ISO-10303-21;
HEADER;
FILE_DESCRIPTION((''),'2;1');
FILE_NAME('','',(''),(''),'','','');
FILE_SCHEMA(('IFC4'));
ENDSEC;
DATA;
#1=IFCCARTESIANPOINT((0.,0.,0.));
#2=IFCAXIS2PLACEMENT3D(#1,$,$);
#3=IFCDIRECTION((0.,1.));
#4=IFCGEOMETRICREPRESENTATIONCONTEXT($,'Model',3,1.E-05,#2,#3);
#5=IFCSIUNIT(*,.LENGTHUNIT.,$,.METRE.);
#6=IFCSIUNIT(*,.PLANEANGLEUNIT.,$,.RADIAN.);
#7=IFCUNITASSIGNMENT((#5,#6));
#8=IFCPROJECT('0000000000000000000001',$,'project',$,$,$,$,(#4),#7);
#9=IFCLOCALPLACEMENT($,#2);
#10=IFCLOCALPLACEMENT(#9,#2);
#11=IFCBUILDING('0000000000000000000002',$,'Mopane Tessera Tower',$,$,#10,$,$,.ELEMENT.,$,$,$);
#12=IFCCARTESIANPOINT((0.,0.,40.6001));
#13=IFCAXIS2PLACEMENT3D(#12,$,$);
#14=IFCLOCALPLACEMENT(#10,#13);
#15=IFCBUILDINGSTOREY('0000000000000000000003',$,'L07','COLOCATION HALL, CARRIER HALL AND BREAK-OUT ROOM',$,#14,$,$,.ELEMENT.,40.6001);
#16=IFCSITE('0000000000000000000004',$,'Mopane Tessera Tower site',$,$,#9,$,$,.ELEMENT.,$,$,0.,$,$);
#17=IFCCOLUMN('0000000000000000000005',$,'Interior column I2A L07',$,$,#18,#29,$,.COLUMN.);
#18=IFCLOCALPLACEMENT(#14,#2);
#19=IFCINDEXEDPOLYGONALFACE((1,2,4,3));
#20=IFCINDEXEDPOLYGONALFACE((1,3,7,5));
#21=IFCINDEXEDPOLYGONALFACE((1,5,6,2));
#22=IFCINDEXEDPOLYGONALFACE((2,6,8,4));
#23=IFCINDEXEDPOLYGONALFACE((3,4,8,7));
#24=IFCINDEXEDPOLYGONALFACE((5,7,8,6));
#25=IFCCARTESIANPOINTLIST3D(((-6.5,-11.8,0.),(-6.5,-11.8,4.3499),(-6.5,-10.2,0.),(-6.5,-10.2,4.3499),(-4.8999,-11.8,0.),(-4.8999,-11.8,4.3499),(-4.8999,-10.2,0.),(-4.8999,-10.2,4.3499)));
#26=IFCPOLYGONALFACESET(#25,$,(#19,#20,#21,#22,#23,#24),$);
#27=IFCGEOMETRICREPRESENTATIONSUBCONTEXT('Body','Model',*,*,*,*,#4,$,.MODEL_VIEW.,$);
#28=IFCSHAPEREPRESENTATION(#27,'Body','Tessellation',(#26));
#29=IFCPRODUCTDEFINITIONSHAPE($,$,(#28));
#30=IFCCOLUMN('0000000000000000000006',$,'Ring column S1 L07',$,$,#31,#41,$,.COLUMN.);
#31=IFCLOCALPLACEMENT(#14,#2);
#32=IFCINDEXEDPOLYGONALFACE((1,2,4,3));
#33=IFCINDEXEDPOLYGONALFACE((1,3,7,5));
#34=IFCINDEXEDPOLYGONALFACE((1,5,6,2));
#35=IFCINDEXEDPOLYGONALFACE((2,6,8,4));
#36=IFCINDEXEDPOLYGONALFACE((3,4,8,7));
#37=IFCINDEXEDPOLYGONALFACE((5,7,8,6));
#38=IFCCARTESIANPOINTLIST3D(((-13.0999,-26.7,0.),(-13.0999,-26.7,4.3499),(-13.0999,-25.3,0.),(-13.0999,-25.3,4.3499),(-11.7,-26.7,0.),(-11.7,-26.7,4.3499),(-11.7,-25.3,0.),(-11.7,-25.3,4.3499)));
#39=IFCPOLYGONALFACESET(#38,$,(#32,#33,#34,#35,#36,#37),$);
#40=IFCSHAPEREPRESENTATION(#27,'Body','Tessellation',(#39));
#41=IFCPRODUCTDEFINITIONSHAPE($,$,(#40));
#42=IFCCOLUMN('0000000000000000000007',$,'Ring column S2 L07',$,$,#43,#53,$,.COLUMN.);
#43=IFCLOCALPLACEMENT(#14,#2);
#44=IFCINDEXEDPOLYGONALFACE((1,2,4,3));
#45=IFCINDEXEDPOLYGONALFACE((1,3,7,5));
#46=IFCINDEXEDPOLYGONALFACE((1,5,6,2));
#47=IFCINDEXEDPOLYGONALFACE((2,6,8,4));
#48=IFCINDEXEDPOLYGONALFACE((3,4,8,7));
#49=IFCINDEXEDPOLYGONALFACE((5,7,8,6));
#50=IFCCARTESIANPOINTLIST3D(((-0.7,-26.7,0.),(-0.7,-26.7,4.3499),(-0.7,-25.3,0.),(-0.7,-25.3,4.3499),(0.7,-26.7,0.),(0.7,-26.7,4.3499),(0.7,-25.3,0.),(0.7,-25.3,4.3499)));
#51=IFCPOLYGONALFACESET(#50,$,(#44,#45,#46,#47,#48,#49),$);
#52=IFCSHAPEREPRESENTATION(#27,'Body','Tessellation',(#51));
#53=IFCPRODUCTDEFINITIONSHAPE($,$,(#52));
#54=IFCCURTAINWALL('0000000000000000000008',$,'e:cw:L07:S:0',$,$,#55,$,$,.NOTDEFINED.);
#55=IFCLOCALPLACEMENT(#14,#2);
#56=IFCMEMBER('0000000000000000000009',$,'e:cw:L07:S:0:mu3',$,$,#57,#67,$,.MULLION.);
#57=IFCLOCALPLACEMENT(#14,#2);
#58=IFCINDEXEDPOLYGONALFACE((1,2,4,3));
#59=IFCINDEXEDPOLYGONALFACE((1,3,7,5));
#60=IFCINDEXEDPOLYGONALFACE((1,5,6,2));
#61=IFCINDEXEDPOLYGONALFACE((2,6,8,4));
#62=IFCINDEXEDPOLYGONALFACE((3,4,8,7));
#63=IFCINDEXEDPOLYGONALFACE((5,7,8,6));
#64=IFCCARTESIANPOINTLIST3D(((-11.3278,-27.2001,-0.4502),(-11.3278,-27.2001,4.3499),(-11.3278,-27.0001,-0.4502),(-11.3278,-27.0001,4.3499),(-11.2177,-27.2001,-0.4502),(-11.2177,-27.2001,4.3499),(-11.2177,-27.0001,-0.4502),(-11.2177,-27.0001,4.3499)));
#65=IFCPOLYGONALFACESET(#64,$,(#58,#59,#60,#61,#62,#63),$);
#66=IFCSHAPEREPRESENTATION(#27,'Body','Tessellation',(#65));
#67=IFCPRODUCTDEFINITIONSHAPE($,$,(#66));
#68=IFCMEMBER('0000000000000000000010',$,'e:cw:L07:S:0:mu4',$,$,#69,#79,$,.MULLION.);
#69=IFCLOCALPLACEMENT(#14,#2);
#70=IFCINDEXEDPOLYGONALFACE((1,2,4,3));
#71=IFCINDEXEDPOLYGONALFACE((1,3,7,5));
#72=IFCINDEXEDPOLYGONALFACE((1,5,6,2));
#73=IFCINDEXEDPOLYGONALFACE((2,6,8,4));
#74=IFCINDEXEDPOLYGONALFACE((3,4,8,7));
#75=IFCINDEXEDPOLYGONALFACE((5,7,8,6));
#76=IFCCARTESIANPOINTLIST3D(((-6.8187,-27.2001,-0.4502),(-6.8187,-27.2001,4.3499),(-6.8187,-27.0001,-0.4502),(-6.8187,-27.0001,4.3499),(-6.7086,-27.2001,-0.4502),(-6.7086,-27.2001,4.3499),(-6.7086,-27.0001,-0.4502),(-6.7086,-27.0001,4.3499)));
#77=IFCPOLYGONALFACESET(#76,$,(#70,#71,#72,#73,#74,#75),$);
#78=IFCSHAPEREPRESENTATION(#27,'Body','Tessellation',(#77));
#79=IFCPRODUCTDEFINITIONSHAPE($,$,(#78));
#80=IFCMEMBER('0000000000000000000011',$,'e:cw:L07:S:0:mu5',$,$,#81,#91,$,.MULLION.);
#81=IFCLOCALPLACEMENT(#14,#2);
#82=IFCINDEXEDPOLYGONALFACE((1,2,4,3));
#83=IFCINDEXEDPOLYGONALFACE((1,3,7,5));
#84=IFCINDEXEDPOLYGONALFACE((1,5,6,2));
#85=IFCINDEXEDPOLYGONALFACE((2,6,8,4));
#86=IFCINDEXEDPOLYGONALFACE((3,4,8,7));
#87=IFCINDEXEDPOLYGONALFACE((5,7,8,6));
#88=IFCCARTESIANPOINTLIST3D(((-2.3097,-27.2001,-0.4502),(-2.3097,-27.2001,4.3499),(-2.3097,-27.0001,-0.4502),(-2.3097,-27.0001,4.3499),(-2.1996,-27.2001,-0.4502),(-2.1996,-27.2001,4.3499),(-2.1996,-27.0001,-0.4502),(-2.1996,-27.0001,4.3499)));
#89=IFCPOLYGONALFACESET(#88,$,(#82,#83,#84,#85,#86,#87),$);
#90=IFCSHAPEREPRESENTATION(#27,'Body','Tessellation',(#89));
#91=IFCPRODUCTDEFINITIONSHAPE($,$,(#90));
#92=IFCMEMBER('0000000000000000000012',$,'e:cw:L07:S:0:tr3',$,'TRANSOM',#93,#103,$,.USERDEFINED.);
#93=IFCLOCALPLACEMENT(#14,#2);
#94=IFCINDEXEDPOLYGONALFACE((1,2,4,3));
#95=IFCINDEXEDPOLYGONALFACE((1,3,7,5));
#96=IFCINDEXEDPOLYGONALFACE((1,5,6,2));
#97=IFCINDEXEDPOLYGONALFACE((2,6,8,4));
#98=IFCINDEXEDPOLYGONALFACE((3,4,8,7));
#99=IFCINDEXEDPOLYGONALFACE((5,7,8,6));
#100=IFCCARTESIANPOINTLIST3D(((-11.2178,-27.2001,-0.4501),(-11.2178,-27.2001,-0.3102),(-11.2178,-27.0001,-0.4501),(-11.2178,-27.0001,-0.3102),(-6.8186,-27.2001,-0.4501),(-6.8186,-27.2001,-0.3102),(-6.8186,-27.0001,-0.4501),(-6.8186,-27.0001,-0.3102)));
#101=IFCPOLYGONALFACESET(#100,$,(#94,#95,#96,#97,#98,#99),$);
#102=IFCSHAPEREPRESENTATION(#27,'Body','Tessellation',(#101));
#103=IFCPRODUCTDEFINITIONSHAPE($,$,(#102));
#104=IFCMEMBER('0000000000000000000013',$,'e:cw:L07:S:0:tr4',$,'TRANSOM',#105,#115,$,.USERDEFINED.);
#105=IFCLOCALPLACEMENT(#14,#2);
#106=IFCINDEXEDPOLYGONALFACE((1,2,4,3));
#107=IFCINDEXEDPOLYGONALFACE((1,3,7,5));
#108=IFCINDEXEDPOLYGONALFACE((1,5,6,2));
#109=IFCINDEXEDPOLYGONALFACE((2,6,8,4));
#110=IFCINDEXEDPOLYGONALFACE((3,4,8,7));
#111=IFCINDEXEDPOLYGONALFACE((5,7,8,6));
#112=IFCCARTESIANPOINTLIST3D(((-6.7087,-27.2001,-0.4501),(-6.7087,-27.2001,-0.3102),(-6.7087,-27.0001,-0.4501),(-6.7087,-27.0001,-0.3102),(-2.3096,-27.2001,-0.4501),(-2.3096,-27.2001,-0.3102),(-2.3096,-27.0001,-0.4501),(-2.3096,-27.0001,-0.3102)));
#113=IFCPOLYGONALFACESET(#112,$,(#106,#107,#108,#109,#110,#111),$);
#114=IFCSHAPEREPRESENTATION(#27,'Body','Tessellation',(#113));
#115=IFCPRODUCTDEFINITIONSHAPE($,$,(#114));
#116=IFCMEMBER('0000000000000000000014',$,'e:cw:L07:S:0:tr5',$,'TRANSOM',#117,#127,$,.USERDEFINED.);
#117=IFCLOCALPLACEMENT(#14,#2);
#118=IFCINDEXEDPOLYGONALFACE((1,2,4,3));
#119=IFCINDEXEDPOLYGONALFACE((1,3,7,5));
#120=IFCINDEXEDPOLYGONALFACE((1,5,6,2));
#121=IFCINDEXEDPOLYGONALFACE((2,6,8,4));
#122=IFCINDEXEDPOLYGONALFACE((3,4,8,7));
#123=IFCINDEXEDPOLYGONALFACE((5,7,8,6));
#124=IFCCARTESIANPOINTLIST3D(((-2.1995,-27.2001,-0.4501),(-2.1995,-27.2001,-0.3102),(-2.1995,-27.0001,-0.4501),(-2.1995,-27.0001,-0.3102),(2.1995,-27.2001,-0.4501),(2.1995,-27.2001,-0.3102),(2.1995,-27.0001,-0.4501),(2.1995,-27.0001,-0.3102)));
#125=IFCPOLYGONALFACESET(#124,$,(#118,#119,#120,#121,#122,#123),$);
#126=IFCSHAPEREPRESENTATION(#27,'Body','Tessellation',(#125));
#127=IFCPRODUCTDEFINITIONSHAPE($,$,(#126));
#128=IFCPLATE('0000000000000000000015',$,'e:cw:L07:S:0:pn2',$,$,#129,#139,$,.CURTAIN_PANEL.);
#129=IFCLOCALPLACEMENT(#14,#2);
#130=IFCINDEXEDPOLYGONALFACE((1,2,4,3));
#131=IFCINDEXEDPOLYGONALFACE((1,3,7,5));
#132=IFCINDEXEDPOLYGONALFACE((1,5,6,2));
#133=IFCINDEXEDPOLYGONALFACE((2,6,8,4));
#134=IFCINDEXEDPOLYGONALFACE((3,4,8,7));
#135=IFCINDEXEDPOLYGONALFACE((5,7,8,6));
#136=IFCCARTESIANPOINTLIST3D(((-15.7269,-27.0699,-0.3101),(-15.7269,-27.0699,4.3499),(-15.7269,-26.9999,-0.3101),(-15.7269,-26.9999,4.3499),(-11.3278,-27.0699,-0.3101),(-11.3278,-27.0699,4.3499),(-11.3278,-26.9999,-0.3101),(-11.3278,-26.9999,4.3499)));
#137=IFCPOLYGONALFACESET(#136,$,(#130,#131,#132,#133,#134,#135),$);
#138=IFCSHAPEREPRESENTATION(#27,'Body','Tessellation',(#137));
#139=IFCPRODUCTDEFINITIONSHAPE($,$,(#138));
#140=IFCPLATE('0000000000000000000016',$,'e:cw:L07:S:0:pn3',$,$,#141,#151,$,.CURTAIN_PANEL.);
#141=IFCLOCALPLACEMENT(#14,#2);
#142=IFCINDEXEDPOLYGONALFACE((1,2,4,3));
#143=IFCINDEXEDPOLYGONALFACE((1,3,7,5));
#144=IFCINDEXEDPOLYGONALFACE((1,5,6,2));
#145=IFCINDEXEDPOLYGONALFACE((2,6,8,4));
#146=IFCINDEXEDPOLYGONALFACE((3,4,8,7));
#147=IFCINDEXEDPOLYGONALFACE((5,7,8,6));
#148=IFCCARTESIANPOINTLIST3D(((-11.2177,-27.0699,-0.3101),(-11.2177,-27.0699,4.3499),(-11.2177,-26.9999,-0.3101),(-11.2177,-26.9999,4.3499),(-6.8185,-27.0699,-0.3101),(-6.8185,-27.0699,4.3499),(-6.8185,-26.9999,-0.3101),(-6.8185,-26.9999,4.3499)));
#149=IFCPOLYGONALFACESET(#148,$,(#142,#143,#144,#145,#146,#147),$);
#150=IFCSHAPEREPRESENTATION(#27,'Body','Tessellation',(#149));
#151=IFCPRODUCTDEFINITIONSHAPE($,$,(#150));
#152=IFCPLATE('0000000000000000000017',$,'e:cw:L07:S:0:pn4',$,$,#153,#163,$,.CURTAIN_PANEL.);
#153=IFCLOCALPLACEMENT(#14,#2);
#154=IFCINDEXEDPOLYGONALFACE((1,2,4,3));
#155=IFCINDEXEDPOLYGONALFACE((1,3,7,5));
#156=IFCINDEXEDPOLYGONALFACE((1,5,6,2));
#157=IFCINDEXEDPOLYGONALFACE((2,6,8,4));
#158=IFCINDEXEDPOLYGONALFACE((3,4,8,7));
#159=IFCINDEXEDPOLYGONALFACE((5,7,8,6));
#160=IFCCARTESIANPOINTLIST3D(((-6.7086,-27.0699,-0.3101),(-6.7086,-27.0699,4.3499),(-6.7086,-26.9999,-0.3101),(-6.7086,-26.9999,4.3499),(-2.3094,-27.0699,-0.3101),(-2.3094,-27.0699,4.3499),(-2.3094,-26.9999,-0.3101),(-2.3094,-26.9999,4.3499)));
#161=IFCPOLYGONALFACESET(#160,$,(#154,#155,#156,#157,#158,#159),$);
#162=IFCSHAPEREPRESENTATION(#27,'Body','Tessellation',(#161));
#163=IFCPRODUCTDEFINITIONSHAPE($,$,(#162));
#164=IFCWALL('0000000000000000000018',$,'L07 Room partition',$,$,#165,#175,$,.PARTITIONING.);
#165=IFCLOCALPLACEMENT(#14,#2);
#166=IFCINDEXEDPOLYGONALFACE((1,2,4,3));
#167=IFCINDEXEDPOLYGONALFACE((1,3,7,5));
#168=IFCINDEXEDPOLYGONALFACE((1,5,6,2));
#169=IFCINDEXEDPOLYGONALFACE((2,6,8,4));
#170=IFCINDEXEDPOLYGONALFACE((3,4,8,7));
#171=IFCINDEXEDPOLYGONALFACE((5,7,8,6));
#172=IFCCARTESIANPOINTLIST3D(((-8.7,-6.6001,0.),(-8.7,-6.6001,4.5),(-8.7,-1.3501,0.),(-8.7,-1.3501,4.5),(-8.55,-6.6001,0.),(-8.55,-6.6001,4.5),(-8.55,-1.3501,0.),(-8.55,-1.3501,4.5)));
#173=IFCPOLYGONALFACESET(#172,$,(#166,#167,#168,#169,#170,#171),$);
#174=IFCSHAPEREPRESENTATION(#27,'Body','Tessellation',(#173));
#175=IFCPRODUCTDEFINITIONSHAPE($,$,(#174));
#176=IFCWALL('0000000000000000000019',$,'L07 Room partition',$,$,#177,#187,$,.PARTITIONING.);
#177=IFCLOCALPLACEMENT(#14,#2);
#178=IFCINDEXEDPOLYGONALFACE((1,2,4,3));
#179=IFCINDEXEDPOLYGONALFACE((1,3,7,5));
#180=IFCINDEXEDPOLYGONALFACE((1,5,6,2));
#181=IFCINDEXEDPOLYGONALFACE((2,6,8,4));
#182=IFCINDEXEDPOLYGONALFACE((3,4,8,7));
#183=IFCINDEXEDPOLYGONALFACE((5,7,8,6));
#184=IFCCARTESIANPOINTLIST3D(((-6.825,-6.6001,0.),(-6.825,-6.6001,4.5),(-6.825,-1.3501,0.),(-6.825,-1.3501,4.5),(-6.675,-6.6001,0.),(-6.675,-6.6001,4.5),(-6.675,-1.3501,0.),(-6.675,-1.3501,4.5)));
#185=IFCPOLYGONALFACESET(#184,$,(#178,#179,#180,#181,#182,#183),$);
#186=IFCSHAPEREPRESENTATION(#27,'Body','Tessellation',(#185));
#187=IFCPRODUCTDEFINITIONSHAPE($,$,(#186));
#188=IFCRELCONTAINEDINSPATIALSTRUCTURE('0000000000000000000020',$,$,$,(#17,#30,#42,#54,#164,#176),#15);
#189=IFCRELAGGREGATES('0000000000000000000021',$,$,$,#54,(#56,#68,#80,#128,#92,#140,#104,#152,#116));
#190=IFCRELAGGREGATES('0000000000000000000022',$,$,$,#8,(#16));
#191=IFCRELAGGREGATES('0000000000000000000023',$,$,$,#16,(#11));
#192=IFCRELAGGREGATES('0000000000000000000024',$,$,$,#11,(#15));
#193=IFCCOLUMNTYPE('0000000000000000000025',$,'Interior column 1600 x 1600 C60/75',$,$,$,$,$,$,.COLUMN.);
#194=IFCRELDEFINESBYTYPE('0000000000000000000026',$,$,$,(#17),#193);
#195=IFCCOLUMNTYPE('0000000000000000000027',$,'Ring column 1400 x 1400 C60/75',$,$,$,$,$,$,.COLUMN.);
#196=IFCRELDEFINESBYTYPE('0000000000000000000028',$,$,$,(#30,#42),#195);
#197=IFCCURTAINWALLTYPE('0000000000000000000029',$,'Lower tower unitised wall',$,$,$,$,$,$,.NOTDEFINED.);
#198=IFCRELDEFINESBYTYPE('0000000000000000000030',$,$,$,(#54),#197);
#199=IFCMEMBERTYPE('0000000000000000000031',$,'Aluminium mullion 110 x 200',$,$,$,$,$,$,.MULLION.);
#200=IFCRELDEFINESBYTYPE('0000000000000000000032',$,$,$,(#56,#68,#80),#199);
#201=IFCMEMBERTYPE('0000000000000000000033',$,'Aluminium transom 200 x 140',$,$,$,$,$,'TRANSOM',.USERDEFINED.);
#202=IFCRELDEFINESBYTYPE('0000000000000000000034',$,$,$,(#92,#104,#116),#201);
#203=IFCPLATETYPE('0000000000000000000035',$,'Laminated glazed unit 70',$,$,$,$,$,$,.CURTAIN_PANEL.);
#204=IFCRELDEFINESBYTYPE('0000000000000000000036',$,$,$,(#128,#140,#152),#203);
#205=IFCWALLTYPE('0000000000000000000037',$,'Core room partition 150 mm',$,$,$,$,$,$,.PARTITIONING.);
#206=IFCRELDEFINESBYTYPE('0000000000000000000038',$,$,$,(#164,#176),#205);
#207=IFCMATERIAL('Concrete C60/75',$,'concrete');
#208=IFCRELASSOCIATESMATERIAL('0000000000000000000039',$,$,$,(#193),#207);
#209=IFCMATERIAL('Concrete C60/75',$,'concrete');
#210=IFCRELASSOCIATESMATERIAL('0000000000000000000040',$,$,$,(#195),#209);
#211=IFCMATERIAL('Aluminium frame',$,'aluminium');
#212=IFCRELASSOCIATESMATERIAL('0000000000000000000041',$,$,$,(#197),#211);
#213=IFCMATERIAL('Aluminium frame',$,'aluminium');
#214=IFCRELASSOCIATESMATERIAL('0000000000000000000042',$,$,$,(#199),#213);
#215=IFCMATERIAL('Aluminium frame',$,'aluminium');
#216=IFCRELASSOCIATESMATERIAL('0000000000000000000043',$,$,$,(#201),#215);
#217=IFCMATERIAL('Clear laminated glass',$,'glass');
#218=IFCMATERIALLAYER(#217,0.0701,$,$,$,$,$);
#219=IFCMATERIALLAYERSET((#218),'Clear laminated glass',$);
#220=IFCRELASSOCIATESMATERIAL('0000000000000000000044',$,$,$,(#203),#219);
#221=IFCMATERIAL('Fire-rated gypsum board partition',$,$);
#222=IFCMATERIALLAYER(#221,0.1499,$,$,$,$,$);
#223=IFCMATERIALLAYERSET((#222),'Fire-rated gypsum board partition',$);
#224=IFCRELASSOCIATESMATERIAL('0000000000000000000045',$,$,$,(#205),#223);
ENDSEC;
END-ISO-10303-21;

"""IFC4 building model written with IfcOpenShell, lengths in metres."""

from ifc_helpers import new_model, si_unit, direction, frame, frame_2d, origin, origin_2d, place, context, subcontext, project, spatial, rectangle, extrude, material, layer, layer_set, material_profile, profile_set, type_object, element, aggregate, save


model = new_model("IFC4")

# Units and contexts
model_context = context("Model", 3, precision=1e-05, world=origin(), true_north=direction((0.0, 1.0)))
body_context = subcontext(model_context, "Body", "Model", "MODEL_VIEW")
ifc_project = project(units=[si_unit("LENGTHUNIT", "METRE"), si_unit("PLANEANGLEUNIT", "RADIAN")], contexts=[model_context])

# Site, building, storey
site_placement = place(None, origin())
site = spatial("IfcSite", under=ifc_project, at=site_placement, Name="Mopane Tessera Tower site", CompositionType="ELEMENT", RefElevation=0.0)
building_placement = place(site_placement, origin())
building = spatial("IfcBuilding", under=site, at=building_placement, Name="Mopane Tessera Tower", CompositionType="ELEMENT")
storey_placement = place(building_placement, frame((0.0, 0.0, 40.6001)))
storey = spatial("IfcBuildingStorey", under=building, at=storey_placement, Name="L07", Description="COLOCATION HALL, CARRIER HALL AND BREAK-OUT ROOM", CompositionType="ELEMENT", Elevation=40.6001)

# Columns
ifc_material_1 = material(Name="Concrete C60/75", Category="concrete")
ifc_material_profile_1 = material_profile(ifc_material_1, rectangle(XDim=1.6001, YDim=1.6001, at=origin_2d()))
ifc_profile_set_1 = profile_set([ifc_material_profile_1], Name="Concrete C60/75")
column_type_1 = type_object("IfcColumnType", Name="Interior column 1600 x 1600 C60/75", PredefinedType="COLUMN", material=ifc_profile_set_1)
column_placement = place(storey_placement, frame((-5.7, -11.0, 0.0), z_axis=(0.0, 0.0, 1.0), x_axis=(1.0, 0.0, 0.0)))
element("IfcColumn", 1, at=column_placement, inside=storey, type_object=column_type_1, Name="Interior column I2A L07", PredefinedType="COLUMN", context=body_context, shape_type="SweptSolid", body=[
    extrude(rectangle(XDim=1.6001, YDim=1.6001, at=origin_2d()), origin(), (0.0, 0.0, 1.0), 4.3499),
])
ifc_material_2 = material(Name="Concrete C60/75", Category="concrete")
ifc_material_profile_2 = material_profile(ifc_material_2, rectangle(XDim=1.3999, YDim=1.3999, at=origin_2d()))
ifc_profile_set_2 = profile_set([ifc_material_profile_2], Name="Concrete C60/75")
column_type_2 = type_object("IfcColumnType", Name="Ring column 1400 x 1400 C60/75", PredefinedType="COLUMN", material=ifc_profile_set_2)
for number, where, z_axis, x_axis, name in (
    (2, (-12.3999, -26.0, 0.0), (0.0, 0.0, 1.0), (1.0, 0.0, 0.0), "Ring column S1 L07"),
    (3, (0.0, -26.0, 0.0), (0.0, 0.0, 1.0), (1.0, 0.0, 0.0), "Ring column S2 L07"),
):
    element("IfcColumn", number, at=place(storey_placement, frame(where, z_axis=z_axis, x_axis=x_axis)), inside=storey, type_object=column_type_2, Name=name, PredefinedType="COLUMN", context=body_context, shape_type="SweptSolid", body=[
        extrude(rectangle(XDim=1.3999, YDim=1.3999, at=origin_2d()), origin(), (0.0, 0.0, 1.0), 4.3499),
    ])

# Curtain wall, members, plates
ifc_material_3 = material(Name="Aluminium frame", Category="aluminium")
curtain_wall_type = type_object("IfcCurtainWallType", Name="Lower tower unitised wall", PredefinedType="NOTDEFINED", material=ifc_material_3)
curtain_wall_placement = place(storey_placement, origin())
curtain_wall = element("IfcCurtainWall", 4, at=curtain_wall_placement, inside=storey, type_object=curtain_wall_type, Name="e:cw:L07:S:0", PredefinedType="NOTDEFINED")
ifc_material_4 = material(Name="Aluminium frame", Category="aluminium")
ifc_material_profile_3 = material_profile(ifc_material_4, rectangle(XDim=0.1101, YDim=0.2, at=origin_2d()))
ifc_profile_set_3 = profile_set([ifc_material_profile_3], Name="Aluminium frame")
member_type_1 = type_object("IfcMemberType", Name="Aluminium mullion 110 x 200", PredefinedType="MULLION", material=ifc_profile_set_3)
member_1_placement = place(storey_placement, frame((-11.2727, -27.1001, -0.4502), z_axis=(0.0, 0.0, 1.0), x_axis=(1.0, 0.0, 0.0)))
member_1 = element("IfcMember", 5, at=member_1_placement, type_object=member_type_1, Name="e:cw:L07:S:0:mu3", PredefinedType="MULLION", context=body_context, shape_type="SweptSolid", body=[
    extrude(rectangle(XDim=0.1101, YDim=0.2, at=origin_2d()), origin(), (0.0, 0.0, 1.0), 4.8),
])
member_2_placement = place(storey_placement, frame((-6.7637, -27.1001, -0.4502), z_axis=(0.0, 0.0, 1.0), x_axis=(1.0, 0.0, 0.0)))
member_2 = element("IfcMember", 6, at=member_2_placement, type_object=member_type_1, Name="e:cw:L07:S:0:mu4", PredefinedType="MULLION", context=body_context, shape_type="SweptSolid", body=[
    extrude(rectangle(XDim=0.1101, YDim=0.2, at=origin_2d()), origin(), (0.0, 0.0, 1.0), 4.8),
])
member_3_placement = place(storey_placement, frame((-2.2546, -27.1001, -0.4502), z_axis=(0.0, 0.0, 1.0), x_axis=(1.0, 0.0, 0.0)))
member_3 = element("IfcMember", 7, at=member_3_placement, type_object=member_type_1, Name="e:cw:L07:S:0:mu5", PredefinedType="MULLION", context=body_context, shape_type="SweptSolid", body=[
    extrude(rectangle(XDim=0.1101, YDim=0.2, at=origin_2d()), origin(), (0.0, 0.0, 1.0), 4.8),
])
ifc_material_5 = material(Name="Aluminium frame", Category="aluminium")
ifc_material_profile_4 = material_profile(ifc_material_5, rectangle(XDim=0.2, YDim=0.1399, at=origin_2d()))
ifc_profile_set_4 = profile_set([ifc_material_profile_4], Name="Aluminium frame")
member_type_2 = type_object("IfcMemberType", Name="Aluminium transom 200 x 140", ElementType="TRANSOM", PredefinedType="USERDEFINED", material=ifc_profile_set_4)
member_4_placement = place(storey_placement, frame((-11.2178, -27.1001, -0.3801), z_axis=(1.0, 0.0, 0.0), x_axis=(0.0, 1.0, 0.0)))
member_4 = element("IfcMember", 8, at=member_4_placement, type_object=member_type_2, Name="e:cw:L07:S:0:tr3", ObjectType="TRANSOM", PredefinedType="USERDEFINED", context=body_context, shape_type="SweptSolid", body=[
    extrude(rectangle(XDim=0.2, YDim=0.1399, at=origin_2d()), origin(), (0.0, 0.0, 1.0), 4.3992),
])
member_5_placement = place(storey_placement, frame((-6.7087, -27.1001, -0.3801), z_axis=(1.0, 0.0, 0.0), x_axis=(0.0, 1.0, 0.0)))
member_5 = element("IfcMember", 9, at=member_5_placement, type_object=member_type_2, Name="e:cw:L07:S:0:tr4", ObjectType="TRANSOM", PredefinedType="USERDEFINED", context=body_context, shape_type="SweptSolid", body=[
    extrude(rectangle(XDim=0.2, YDim=0.1399, at=origin_2d()), origin(), (0.0, 0.0, 1.0), 4.3992),
])
member_6_placement = place(storey_placement, frame((-2.1995, -27.1001, -0.3801), z_axis=(1.0, 0.0, 0.0), x_axis=(0.0, 1.0, 0.0)))
member_6 = element("IfcMember", 10, at=member_6_placement, type_object=member_type_2, Name="e:cw:L07:S:0:tr5", ObjectType="TRANSOM", PredefinedType="USERDEFINED", context=body_context, shape_type="SweptSolid", body=[
    extrude(rectangle(XDim=0.2, YDim=0.1399, at=origin_2d()), origin(), (0.0, 0.0, 1.0), 4.3989),
])
ifc_material_6 = material(Name="Clear laminated glass", Category="glass")
ifc_layer_1 = layer(ifc_material_6, 0.0701)
ifc_layer_set_1 = layer_set([ifc_layer_1], Name="Clear laminated glass")
plate_type = type_object("IfcPlateType", Name="Laminated glazed unit 70", PredefinedType="CURTAIN_PANEL", material=ifc_layer_set_1)
plate_1_placement = place(storey_placement, frame((-13.5273, -27.0349, -0.3101), z_axis=(0.0, 0.0, 1.0), x_axis=(1.0, 0.0, 0.0)))
plate_1 = element("IfcPlate", 11, at=plate_1_placement, type_object=plate_type, Name="e:cw:L07:S:0:pn2", PredefinedType="CURTAIN_PANEL", context=body_context, shape_type="SweptSolid", body=[
    extrude(rectangle(XDim=4.3992, YDim=0.0701, at=origin_2d()), origin(), (0.0, 0.0, 1.0), 4.6599),
])
plate_2_placement = place(storey_placement, frame((-9.0181, -27.0349, -0.3101), z_axis=(0.0, 0.0, 1.0), x_axis=(1.0, 0.0, 0.0)))
plate_2 = element("IfcPlate", 12, at=plate_2_placement, type_object=plate_type, Name="e:cw:L07:S:0:pn3", PredefinedType="CURTAIN_PANEL", context=body_context, shape_type="SweptSolid", body=[
    extrude(rectangle(XDim=4.3992, YDim=0.0701, at=origin_2d()), origin(), (0.0, 0.0, 1.0), 4.6599),
])
plate_3_placement = place(storey_placement, frame((-4.509, -27.0349, -0.3101), z_axis=(0.0, 0.0, 1.0), x_axis=(1.0, 0.0, 0.0)))
plate_3 = element("IfcPlate", 13, at=plate_3_placement, type_object=plate_type, Name="e:cw:L07:S:0:pn4", PredefinedType="CURTAIN_PANEL", context=body_context, shape_type="SweptSolid", body=[
    extrude(rectangle(XDim=4.3992, YDim=0.0701, at=origin_2d()), origin(), (0.0, 0.0, 1.0), 4.6599),
])
aggregate(curtain_wall, [member_1, member_2, member_3, plate_1, member_4, plate_2, member_5, plate_3, member_6])

# Walls
ifc_material_7 = material(Name="Fire-rated gypsum board partition")
ifc_layer_2 = layer(ifc_material_7, 0.1499)
ifc_layer_set_2 = layer_set([ifc_layer_2], Name="Fire-rated gypsum board partition")
wall_type_1 = type_object("IfcWallType", Name="Core room partition 150 mm", PredefinedType="PARTITIONING", material=ifc_layer_set_2)
for number, where, z_axis, x_axis, name in (
    (14, (-8.625, -6.6001, 0.0), (0.0, 0.0, 1.0), (0.0, 1.0, 0.0), "L07 Room partition"),
    (15, (-6.75, -6.6001, 0.0), (0.0, 0.0, 1.0), (0.0, 1.0, 0.0), "L07 Room partition"),
):
    element("IfcWall", number, at=place(storey_placement, frame(where, z_axis=z_axis, x_axis=x_axis)), inside=storey, type_object=wall_type_1, Name=name, PredefinedType="PARTITIONING", context=body_context, shape_type="SweptSolid", body=[
        extrude(rectangle(XDim=5.25, YDim=0.1499, at=frame_2d((2.625, 0.0))), origin(), (0.0, 0.0, 1.0), 4.5),
    ])

save(model, "model.ifc")
